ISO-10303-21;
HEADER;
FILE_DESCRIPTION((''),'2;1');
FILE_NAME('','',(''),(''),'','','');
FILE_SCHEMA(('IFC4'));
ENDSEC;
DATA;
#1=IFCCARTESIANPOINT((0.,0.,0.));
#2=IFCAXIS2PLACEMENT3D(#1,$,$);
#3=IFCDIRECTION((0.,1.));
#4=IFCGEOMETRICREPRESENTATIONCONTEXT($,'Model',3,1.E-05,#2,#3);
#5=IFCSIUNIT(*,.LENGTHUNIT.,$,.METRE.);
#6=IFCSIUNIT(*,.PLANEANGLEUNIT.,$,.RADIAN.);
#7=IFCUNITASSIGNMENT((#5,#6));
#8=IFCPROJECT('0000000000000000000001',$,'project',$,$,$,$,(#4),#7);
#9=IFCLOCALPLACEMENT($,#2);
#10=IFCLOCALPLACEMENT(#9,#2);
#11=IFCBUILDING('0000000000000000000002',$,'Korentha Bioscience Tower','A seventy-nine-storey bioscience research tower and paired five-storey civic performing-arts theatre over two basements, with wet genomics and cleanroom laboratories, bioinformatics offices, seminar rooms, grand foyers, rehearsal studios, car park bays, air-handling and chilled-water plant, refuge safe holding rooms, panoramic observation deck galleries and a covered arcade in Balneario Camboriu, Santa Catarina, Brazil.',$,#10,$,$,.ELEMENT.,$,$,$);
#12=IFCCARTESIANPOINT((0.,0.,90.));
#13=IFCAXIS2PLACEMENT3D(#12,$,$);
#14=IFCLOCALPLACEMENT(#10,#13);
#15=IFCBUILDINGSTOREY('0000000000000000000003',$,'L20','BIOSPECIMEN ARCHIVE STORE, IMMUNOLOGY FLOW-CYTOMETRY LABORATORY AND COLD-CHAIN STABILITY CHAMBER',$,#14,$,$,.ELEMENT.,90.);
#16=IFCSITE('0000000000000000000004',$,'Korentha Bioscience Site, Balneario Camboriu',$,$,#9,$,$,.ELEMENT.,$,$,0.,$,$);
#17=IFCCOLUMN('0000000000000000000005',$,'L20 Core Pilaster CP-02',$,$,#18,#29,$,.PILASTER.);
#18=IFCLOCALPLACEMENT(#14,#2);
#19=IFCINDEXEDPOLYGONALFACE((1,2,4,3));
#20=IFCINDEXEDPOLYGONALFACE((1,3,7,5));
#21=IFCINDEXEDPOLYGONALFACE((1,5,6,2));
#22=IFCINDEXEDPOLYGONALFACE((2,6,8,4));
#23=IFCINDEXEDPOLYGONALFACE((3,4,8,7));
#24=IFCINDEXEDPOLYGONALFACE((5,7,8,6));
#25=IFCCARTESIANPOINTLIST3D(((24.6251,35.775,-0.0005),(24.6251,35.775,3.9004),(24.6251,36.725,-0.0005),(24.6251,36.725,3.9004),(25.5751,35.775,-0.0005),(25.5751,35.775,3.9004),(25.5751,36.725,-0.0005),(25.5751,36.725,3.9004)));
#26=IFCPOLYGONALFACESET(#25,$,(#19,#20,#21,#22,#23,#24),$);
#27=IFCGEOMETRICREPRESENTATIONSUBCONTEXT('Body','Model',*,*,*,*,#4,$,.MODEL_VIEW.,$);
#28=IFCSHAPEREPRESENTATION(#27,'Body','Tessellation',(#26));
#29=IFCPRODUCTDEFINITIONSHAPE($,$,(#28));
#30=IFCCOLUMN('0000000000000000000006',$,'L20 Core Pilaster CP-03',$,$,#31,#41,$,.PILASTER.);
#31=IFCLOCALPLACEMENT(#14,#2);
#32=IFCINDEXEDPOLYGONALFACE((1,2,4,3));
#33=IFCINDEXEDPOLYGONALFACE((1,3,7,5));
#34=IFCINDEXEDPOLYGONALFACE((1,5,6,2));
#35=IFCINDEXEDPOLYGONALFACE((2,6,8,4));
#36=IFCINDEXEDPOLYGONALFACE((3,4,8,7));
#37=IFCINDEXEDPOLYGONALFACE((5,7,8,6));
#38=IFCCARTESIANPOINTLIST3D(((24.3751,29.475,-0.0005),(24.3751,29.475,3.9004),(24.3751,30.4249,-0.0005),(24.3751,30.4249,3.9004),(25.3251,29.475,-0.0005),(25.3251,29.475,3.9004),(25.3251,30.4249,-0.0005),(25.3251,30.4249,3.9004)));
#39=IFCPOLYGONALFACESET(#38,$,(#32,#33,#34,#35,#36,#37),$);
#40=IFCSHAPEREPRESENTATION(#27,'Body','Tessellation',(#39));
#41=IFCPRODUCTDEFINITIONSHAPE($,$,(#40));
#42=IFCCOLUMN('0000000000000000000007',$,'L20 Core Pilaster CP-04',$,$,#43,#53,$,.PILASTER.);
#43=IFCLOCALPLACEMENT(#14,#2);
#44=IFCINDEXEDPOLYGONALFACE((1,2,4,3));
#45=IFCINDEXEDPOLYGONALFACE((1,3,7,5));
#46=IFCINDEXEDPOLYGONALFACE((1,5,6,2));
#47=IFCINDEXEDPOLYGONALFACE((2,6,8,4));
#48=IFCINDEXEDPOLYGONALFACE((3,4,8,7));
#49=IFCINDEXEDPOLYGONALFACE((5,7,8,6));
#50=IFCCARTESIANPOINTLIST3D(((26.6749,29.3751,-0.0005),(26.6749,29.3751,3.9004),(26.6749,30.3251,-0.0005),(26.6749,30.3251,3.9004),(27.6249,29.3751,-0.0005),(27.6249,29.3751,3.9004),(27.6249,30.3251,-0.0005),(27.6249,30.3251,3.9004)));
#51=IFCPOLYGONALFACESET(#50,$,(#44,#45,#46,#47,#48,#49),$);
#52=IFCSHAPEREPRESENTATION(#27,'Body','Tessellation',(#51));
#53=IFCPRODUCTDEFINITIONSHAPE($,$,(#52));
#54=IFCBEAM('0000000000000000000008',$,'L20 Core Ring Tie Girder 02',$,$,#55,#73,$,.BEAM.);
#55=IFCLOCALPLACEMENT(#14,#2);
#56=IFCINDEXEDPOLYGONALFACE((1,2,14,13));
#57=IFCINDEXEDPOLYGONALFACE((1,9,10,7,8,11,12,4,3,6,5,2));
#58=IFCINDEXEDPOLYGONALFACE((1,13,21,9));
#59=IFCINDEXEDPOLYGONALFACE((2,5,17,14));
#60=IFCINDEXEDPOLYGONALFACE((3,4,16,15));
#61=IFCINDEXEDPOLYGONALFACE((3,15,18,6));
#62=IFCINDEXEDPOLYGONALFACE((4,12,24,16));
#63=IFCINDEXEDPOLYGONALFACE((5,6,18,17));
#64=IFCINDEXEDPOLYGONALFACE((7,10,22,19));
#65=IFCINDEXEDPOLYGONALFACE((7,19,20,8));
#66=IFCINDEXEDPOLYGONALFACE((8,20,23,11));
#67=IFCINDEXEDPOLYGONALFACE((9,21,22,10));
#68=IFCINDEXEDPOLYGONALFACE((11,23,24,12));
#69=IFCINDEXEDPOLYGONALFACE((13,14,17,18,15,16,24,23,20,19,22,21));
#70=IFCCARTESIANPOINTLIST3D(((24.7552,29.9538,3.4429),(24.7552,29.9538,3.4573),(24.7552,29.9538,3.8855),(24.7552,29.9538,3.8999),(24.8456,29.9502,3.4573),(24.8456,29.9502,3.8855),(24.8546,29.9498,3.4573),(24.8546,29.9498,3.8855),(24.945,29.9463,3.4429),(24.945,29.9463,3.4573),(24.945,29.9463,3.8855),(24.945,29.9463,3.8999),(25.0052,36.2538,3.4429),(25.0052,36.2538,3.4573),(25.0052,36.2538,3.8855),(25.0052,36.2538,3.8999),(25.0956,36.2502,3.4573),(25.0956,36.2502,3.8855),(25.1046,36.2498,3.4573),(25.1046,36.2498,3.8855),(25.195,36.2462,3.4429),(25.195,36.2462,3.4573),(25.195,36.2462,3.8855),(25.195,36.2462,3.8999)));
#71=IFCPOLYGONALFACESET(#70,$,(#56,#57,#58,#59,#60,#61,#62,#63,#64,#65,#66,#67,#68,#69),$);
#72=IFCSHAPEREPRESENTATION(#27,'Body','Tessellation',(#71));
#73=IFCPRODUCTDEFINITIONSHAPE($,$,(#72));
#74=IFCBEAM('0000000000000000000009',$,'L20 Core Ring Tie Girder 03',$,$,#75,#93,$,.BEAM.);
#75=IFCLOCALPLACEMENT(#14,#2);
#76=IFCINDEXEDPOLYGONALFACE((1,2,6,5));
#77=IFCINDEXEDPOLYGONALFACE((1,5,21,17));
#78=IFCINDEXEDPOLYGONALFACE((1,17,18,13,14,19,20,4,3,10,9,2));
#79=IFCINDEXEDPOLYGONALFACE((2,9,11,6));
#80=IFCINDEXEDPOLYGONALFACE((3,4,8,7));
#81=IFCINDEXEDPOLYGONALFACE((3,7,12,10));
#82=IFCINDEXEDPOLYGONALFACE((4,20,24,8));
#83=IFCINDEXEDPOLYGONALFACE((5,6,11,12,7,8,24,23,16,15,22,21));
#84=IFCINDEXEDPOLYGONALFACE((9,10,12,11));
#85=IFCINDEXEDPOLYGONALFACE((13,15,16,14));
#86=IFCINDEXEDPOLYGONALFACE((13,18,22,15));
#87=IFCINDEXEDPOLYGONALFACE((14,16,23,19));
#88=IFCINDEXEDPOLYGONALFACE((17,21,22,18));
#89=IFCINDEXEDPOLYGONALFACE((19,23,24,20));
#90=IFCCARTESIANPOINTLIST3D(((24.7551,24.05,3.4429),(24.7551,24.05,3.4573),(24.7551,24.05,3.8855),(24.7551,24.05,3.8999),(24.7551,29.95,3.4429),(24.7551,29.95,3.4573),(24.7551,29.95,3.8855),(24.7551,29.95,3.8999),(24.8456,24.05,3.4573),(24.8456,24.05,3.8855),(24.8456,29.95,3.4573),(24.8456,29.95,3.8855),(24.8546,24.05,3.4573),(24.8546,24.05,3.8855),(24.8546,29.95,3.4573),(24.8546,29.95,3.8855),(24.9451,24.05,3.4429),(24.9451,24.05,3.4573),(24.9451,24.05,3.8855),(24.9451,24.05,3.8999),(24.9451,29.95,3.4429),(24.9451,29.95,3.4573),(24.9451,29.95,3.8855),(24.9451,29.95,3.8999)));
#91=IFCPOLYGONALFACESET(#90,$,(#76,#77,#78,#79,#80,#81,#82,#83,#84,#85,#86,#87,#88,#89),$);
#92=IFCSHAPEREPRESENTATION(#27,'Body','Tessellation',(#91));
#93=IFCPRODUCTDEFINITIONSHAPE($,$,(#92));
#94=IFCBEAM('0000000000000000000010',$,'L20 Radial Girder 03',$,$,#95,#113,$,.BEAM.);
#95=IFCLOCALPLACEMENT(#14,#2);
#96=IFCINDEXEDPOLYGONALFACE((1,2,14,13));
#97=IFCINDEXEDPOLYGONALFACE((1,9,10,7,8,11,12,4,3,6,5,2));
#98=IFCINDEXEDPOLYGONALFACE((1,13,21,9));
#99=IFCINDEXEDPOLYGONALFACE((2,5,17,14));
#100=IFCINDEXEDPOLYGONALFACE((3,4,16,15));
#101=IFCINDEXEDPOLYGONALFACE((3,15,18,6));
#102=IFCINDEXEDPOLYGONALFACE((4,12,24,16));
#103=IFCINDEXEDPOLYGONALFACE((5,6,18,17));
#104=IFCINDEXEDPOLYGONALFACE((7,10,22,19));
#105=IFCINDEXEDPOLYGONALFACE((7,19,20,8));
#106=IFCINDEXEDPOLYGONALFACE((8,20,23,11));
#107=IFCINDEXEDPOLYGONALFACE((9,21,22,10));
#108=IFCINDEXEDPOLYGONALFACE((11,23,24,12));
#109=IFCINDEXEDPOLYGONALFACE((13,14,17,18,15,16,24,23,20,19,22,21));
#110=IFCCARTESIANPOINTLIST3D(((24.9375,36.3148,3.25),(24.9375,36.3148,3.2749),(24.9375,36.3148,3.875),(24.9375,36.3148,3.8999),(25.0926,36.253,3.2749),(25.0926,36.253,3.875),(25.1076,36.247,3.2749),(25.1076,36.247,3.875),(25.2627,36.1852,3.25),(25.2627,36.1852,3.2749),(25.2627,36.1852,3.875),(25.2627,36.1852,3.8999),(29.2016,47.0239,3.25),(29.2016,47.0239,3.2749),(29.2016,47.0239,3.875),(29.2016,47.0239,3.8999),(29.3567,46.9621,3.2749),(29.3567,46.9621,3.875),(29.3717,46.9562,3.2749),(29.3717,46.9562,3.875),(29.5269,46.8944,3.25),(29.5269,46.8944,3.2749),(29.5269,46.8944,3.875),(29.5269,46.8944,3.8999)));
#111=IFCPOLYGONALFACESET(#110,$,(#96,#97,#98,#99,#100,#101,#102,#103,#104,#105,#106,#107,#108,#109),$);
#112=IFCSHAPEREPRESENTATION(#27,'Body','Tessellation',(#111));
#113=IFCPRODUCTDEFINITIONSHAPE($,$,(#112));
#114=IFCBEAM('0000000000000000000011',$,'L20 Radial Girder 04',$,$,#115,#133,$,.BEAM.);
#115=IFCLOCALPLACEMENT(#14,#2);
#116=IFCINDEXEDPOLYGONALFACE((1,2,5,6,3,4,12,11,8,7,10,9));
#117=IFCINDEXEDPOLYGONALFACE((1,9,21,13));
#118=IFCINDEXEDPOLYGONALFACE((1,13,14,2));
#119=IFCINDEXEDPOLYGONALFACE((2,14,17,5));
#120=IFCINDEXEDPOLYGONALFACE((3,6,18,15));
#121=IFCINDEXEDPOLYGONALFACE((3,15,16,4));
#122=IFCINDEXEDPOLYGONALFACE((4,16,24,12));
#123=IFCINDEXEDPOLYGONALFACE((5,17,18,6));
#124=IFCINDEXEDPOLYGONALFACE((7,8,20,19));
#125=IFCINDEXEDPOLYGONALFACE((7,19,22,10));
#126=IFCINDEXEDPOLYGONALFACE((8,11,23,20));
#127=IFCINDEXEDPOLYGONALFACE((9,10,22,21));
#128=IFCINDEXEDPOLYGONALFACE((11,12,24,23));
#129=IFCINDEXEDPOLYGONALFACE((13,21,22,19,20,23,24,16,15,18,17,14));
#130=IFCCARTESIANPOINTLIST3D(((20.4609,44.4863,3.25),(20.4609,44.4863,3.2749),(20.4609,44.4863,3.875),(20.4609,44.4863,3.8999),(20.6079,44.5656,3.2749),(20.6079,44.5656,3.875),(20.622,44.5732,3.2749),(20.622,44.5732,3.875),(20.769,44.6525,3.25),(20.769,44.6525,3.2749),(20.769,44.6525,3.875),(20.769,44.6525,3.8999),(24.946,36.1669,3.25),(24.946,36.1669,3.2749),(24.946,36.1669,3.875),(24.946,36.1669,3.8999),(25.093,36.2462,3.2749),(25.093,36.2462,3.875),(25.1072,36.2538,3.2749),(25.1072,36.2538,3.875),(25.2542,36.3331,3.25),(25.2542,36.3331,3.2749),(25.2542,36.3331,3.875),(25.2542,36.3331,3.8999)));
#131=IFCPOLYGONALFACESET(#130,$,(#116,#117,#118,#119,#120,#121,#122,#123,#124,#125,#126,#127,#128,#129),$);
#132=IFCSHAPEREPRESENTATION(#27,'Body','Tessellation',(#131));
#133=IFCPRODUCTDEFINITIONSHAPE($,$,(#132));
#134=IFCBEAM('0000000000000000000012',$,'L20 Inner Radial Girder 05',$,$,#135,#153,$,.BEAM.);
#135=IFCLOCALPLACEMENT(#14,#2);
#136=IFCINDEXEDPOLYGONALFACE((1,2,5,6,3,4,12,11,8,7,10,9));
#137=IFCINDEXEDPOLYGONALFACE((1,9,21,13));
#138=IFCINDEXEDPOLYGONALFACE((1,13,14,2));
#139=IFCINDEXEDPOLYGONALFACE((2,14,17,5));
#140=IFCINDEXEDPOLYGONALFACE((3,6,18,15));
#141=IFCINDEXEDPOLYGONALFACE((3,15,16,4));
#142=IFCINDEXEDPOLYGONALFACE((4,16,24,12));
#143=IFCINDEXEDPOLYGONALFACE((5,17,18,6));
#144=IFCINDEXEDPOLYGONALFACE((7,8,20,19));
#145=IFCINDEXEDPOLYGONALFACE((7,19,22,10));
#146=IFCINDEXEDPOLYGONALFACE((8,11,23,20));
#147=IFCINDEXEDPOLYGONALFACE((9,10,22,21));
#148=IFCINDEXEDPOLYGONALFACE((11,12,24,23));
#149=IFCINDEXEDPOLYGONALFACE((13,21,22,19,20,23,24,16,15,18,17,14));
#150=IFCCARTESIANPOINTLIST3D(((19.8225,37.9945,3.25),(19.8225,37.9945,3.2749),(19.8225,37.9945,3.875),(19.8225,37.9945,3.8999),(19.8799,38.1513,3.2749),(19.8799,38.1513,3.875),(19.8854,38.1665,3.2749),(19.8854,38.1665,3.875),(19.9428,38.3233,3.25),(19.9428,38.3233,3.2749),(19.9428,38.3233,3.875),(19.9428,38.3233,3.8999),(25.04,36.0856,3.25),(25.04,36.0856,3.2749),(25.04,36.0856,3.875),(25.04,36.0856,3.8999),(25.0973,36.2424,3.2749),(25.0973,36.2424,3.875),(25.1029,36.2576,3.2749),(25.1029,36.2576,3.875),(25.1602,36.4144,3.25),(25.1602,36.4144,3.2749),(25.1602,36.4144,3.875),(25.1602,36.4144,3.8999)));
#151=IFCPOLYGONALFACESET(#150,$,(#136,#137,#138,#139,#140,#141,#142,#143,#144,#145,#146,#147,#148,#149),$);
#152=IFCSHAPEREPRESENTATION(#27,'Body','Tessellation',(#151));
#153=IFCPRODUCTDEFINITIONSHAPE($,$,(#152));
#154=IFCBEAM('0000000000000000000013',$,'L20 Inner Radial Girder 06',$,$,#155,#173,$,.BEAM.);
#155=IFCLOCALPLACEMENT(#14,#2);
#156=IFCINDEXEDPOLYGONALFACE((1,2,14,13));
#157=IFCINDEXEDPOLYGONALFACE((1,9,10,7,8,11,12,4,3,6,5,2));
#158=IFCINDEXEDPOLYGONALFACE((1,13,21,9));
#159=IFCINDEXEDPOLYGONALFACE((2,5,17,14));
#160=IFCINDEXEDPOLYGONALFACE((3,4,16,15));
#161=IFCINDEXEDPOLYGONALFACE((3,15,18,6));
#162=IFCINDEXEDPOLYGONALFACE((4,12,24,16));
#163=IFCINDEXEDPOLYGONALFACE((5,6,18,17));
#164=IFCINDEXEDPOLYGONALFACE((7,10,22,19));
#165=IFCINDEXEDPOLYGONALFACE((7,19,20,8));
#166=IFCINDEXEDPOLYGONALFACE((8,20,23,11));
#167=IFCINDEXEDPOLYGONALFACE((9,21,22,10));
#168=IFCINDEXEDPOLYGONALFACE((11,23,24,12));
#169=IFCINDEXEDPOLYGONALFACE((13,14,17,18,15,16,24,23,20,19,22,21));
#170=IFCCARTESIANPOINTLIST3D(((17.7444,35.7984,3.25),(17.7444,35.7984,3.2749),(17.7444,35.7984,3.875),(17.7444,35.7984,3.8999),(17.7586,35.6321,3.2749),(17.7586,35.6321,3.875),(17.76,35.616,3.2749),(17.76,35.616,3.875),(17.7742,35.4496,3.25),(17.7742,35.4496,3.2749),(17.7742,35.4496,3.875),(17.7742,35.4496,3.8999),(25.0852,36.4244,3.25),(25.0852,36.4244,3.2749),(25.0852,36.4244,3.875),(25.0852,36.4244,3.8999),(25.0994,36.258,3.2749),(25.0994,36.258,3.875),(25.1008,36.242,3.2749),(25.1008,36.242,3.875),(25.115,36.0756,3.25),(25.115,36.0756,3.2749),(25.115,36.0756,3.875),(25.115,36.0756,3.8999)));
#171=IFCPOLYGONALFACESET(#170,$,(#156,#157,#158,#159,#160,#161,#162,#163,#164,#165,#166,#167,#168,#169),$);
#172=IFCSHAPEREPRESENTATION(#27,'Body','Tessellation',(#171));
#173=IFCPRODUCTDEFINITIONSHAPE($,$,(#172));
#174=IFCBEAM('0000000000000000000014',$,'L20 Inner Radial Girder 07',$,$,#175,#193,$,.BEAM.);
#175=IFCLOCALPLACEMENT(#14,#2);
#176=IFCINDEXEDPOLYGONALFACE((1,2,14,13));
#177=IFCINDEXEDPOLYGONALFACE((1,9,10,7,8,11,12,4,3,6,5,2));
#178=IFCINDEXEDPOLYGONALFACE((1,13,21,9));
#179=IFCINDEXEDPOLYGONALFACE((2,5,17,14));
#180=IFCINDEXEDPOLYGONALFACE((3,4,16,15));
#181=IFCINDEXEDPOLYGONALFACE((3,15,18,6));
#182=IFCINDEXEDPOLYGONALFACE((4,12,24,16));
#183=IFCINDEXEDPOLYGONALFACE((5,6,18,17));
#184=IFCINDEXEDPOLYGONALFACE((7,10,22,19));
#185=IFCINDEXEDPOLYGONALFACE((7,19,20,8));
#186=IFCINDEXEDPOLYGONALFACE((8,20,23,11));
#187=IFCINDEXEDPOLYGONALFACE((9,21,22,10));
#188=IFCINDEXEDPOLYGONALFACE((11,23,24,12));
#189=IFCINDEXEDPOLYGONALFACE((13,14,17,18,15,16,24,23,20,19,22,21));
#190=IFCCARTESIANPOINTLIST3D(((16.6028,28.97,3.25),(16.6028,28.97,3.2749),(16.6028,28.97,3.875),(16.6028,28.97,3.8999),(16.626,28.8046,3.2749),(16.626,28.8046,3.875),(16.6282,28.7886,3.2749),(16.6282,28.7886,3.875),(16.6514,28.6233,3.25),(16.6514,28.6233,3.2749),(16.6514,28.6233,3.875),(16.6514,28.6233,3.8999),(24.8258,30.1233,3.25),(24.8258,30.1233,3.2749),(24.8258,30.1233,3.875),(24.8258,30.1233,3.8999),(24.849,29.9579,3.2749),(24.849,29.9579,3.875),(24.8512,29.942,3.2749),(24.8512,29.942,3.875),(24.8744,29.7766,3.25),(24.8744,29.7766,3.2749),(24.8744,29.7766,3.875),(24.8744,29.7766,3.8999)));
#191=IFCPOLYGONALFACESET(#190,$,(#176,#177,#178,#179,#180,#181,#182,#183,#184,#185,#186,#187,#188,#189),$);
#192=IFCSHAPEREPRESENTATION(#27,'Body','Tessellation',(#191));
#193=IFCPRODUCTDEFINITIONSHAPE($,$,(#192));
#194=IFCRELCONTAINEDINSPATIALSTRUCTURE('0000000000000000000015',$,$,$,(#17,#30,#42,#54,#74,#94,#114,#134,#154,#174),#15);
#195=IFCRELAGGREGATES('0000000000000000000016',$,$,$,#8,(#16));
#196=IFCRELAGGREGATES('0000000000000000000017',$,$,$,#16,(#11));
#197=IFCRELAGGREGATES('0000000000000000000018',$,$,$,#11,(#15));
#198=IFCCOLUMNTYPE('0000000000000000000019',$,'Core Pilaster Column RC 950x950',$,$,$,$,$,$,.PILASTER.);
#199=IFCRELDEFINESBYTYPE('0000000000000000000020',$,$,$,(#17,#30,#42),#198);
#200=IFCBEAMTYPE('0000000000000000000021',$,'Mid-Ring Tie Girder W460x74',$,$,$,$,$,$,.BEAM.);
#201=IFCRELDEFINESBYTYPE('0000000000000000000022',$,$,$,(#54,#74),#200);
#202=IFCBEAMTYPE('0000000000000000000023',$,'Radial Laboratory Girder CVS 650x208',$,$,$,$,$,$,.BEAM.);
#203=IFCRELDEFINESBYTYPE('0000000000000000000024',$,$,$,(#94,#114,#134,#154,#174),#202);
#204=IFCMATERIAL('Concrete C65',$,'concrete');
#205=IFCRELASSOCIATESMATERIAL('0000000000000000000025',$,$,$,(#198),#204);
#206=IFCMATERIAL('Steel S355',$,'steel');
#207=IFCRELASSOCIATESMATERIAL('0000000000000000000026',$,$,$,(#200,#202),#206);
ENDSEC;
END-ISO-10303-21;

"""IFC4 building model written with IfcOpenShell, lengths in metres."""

from ifc_helpers import new_model, si_unit, direction, frame, origin, origin_2d, place, context, subcontext, project, spatial, rectangle, i_section, extrude, material, material_profile, profile_set, type_object, element, save


model = new_model("IFC4")

# Units and contexts
model_context = context("Model", 3, precision=1e-05, world=origin(), true_north=direction((0.0, 1.0)))
body_context = subcontext(model_context, "Body", "Model", "MODEL_VIEW")
ifc_project = project(units=[si_unit("LENGTHUNIT", "METRE"), si_unit("PLANEANGLEUNIT", "RADIAN")], contexts=[model_context])

# Site, building, storey
site_placement = place(None, origin())
site = spatial("IfcSite", under=ifc_project, at=site_placement, Name="Korentha Bioscience Site, Balneario Camboriu", CompositionType="ELEMENT", RefElevation=0.0)
building_placement = place(site_placement, origin())
building = spatial("IfcBuilding", under=site, at=building_placement, Name="Korentha Bioscience Tower", Description="A seventy-nine-storey bioscience research tower and paired five-storey civic performing-arts theatre over two basements, with wet genomics and cleanroom laboratories, bioinformatics offices, seminar rooms, grand foyers, rehearsal studios, car park bays, air-handling and chilled-water plant, refuge safe holding rooms, panoramic observation deck galleries and a covered arcade in Balneario Camboriu, Santa Catarina, Brazil.", CompositionType="ELEMENT")
storey_placement = place(building_placement, frame((0.0, 0.0, 90.0)))
storey = spatial("IfcBuildingStorey", under=building, at=storey_placement, Name="L20", Description="BIOSPECIMEN ARCHIVE STORE, IMMUNOLOGY FLOW-CYTOMETRY LABORATORY AND COLD-CHAIN STABILITY CHAMBER", CompositionType="ELEMENT", Elevation=90.0)

# Columns
ifc_material_1 = material(Name="Concrete C65", Category="concrete")
ifc_material_profile_1 = material_profile(ifc_material_1, rectangle(XDim=0.95, YDim=0.95, at=origin_2d()), Name="Concrete C65")
ifc_profile_set_1 = profile_set([ifc_material_profile_1], Name="Concrete C65 (COL-CP09)")
column_type = type_object("IfcColumnType", Name="Core Pilaster Column RC 950x950", PredefinedType="PILASTER", material=ifc_profile_set_1)
for number, where, z_axis, x_axis, name in (
    (1, (25.1001, 36.25, -0.0005), (0.0, 0.0, 1.0), (1.0, 0.0, 0.0), "L20 Core Pilaster CP-02"),
    (2, (24.8501, 29.95, -0.0005), (0.0, 0.0, 1.0), (1.0, 0.0, 0.0), "L20 Core Pilaster CP-03"),
    (3, (27.1499, 29.8501, -0.0005), (0.0, 0.0, 1.0), (1.0, 0.0, 0.0), "L20 Core Pilaster CP-04"),
):
    element("IfcColumn", number, at=place(storey_placement, frame(where, z_axis=z_axis, x_axis=x_axis)), inside=storey, type_object=column_type, Name=name, PredefinedType="PILASTER", context=body_context, shape_type="SweptSolid", body=[
        extrude(rectangle(XDim=0.95, YDim=0.95, at=origin_2d()), origin(), (0.0, 0.0, 1.0), 3.9009),
    ])

# Beams
ifc_material_2 = material(Name="Steel S355", Category="steel")
ifc_material_profile_2 = material_profile(ifc_material_2, i_section(OverallWidth=0.1899, OverallDepth=0.457, WebThickness=0.009, FlangeThickness=0.0144, at=origin_2d()), Name="Steel S355")
ifc_profile_set_2 = profile_set([ifc_material_profile_2], Name="Steel S355 (MB-460)")
beam_type_1 = type_object("IfcBeamType", Name="Mid-Ring Tie Girder W460x74", PredefinedType="BEAM", material=ifc_profile_set_2)
beam_1_placement = place(storey_placement, frame((25.1001, 36.25, 3.6714), z_axis=(-0.039651, -0.999214, 0.0), x_axis=(0.999214, -0.039651, 0.0)))
element("IfcBeam", 4, at=beam_1_placement, inside=storey, type_object=beam_type_1, Name="L20 Core Ring Tie Girder 02", PredefinedType="BEAM", context=body_context, shape_type="SweptSolid", body=[
    extrude(i_section(OverallWidth=0.1899, OverallDepth=0.457, WebThickness=0.009, FlangeThickness=0.0144, at=origin_2d()), origin(), (0.0, 0.0, 1.0), 6.3049),
])
beam_2_placement = place(storey_placement, frame((24.8501, 29.95, 3.6714), z_axis=(0.0, -1.0, 0.0), x_axis=(1.0, 0.0, 0.0)))
element("IfcBeam", 5, at=beam_2_placement, inside=storey, type_object=beam_type_1, Name="L20 Core Ring Tie Girder 03", PredefinedType="BEAM", context=body_context, shape_type="SweptSolid", body=[
    extrude(i_section(OverallWidth=0.1899, OverallDepth=0.457, WebThickness=0.009, FlangeThickness=0.0144, at=origin_2d()), origin(), (0.0, 0.0, 1.0), 5.8999),
])
ifc_material_profile_3 = material_profile(ifc_material_2, i_section(OverallWidth=0.3501, OverallDepth=0.6499, WebThickness=0.0161, FlangeThickness=0.0249, at=origin_2d()), Name="Steel S355")
ifc_profile_set_3 = profile_set([ifc_material_profile_3], Name="Steel S355 (RB-650)")
beam_type_2 = type_object("IfcBeamType", Name="Radial Laboratory Girder CVS 650x208", PredefinedType="BEAM", material=ifc_profile_set_3)
beam_3_placement = place(storey_placement, frame((25.1001, 36.25, 3.575), z_axis=(0.36993, 0.92906, 0.0), x_axis=(-0.92906, 0.36993, 0.0)))
element("IfcBeam", 6, at=beam_3_placement, inside=storey, type_object=beam_type_2, Name="L20 Radial Girder 03", PredefinedType="BEAM", context=body_context, shape_type="SweptSolid", body=[
    extrude(i_section(OverallWidth=0.3501, OverallDepth=0.6499, WebThickness=0.0161, FlangeThickness=0.0249, at=origin_2d()), origin(), (0.0, 0.0, 1.0), 11.5269),
])
beam_4_placement = place(storey_placement, frame((25.1001, 36.25, 3.575), z_axis=(-0.474548, 0.88023, 0.0), x_axis=(-0.88023, -0.474548, 0.0)))
element("IfcBeam", 7, at=beam_4_placement, inside=storey, type_object=beam_type_2, Name="L20 Radial Girder 04", PredefinedType="BEAM", context=body_context, shape_type="SweptSolid", body=[
    extrude(i_section(OverallWidth=0.3501, OverallDepth=0.6499, WebThickness=0.0161, FlangeThickness=0.0249, at=origin_2d()), origin(), (0.0, 0.0, 1.0), 9.4514),
])
beam_5_placement = place(storey_placement, frame((25.1001, 36.25, 3.575), z_axis=(-0.939118, 0.343595, 0.0), x_axis=(-0.343595, -0.939118, 0.0)))
element("IfcBeam", 8, at=beam_5_placement, inside=storey, type_object=beam_type_2, Name="L20 Inner Radial Girder 05", PredefinedType="BEAM", context=body_context, shape_type="SweptSolid", body=[
    extrude(i_section(OverallWidth=0.3501, OverallDepth=0.6499, WebThickness=0.0161, FlangeThickness=0.0249, at=origin_2d()), origin(), (0.0, 0.0, 1.0), 5.5557),
])
beam_6_placement = place(storey_placement, frame((25.1001, 36.25, 3.575), z_axis=(-0.996384, -0.084965, 0.0), x_axis=(0.084965, -0.996384, 0.0)))
element("IfcBeam", 9, at=beam_6_placement, inside=storey, type_object=beam_type_2, Name="L20 Inner Radial Girder 06", PredefinedType="BEAM", context=body_context, shape_type="SweptSolid", body=[
    extrude(i_section(OverallWidth=0.3501, OverallDepth=0.6499, WebThickness=0.0161, FlangeThickness=0.0249, at=origin_2d()), origin(), (0.0, 0.0, 1.0), 7.3674),
])
beam_7_placement = place(storey_placement, frame((24.8501, 29.95, 3.575), z_axis=(-0.990307, -0.138898, 0.0), x_axis=(0.138898, -0.990307, 0.0)))
element("IfcBeam", 10, at=beam_7_placement, inside=storey, type_object=beam_type_2, Name="L20 Inner Radial Girder 07", PredefinedType="BEAM", context=body_context, shape_type="SweptSolid", body=[
    extrude(i_section(OverallWidth=0.3501, OverallDepth=0.6499, WebThickness=0.0161, FlangeThickness=0.0249, at=origin_2d()), origin(), (0.0, 0.0, 1.0), 8.3035),
])

save(model, "model.ifc")
